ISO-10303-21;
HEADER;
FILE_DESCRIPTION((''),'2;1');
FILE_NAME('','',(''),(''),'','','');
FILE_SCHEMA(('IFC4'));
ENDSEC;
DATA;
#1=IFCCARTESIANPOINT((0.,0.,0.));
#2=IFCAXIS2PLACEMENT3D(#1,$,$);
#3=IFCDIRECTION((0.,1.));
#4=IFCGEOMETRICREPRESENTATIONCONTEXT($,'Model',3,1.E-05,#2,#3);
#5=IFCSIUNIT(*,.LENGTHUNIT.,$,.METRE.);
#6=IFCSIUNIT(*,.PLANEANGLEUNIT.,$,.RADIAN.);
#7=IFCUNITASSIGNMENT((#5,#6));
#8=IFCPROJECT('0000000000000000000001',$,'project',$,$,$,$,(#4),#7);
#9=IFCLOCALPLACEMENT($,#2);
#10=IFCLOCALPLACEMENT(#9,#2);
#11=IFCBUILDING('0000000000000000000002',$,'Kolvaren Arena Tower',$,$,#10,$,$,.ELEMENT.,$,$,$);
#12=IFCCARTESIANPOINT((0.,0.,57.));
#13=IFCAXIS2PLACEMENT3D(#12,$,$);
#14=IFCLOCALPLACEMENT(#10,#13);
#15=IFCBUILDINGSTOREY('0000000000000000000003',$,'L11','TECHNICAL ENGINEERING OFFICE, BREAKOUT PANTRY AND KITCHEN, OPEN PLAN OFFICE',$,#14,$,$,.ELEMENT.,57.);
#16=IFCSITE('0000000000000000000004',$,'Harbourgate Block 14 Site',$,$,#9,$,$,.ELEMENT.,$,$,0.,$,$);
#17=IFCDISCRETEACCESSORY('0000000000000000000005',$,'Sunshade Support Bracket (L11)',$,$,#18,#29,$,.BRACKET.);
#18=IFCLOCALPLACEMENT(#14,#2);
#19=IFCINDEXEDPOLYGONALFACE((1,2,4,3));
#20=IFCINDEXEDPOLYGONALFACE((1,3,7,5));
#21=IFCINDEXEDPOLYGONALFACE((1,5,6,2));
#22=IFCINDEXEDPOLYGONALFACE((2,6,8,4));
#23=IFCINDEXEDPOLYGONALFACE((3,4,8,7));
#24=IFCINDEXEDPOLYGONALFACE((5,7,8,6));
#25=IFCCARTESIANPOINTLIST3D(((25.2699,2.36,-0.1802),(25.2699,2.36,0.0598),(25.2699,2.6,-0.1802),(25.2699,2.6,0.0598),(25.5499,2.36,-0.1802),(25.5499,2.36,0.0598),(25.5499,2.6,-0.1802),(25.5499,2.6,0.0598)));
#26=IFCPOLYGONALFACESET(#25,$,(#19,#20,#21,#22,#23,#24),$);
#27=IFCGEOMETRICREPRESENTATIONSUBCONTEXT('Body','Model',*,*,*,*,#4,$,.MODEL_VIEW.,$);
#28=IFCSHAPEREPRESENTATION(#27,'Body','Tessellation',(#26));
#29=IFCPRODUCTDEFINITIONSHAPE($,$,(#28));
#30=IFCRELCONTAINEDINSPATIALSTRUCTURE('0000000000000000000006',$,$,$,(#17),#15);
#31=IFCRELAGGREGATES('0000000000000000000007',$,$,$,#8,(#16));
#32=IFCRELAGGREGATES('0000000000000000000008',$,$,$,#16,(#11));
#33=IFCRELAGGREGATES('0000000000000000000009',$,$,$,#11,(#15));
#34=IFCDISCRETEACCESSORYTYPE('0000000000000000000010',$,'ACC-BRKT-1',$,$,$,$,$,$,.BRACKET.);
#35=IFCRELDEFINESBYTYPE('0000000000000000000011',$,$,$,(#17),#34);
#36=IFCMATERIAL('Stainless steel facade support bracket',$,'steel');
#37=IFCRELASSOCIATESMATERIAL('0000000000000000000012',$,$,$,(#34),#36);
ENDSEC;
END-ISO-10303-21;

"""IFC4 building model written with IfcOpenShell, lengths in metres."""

from ifc_helpers import new_model, si_unit, direction, frame, origin, origin_2d, place, context, subcontext, project, spatial, rectangle, extrude, material, type_object, element, save


model = new_model("IFC4")

# Units and contexts
model_context = context("Model", 3, precision=1e-05, world=origin(), true_north=direction((0.0, 1.0)))
body_context = subcontext(model_context, "Body", "Model", "MODEL_VIEW")
ifc_project = project(units=[si_unit("LENGTHUNIT", "METRE"), si_unit("PLANEANGLEUNIT", "RADIAN")], contexts=[model_context])

# Site, building, storey
site_placement = place(None, origin())
site = spatial("IfcSite", under=ifc_project, at=site_placement, Name="Harbourgate Block 14 Site", CompositionType="ELEMENT", RefElevation=0.0)
building_placement = place(site_placement, origin())
building = spatial("IfcBuilding", under=site, at=building_placement, Name="Kolvaren Arena Tower", CompositionType="ELEMENT")
storey_placement = place(building_placement, frame((0.0, 0.0, 57.0)))
storey = spatial("IfcBuildingStorey", under=building, at=storey_placement, Name="L11", Description="TECHNICAL ENGINEERING OFFICE, BREAKOUT PANTRY AND KITCHEN, OPEN PLAN OFFICE", CompositionType="ELEMENT", Elevation=57.0)

# Discrete accessory
ifc_material_1 = material(Name="Stainless steel facade support bracket", Category="steel")
discrete_accessory_type = type_object("IfcDiscreteAccessoryType", Name="ACC-BRKT-1", PredefinedType="BRACKET", material=ifc_material_1)
discrete_accessory_placement = place(storey_placement, frame((25.4099, 2.48, -0.1802), z_axis=(0.0, 0.0, 1.0), x_axis=(-1.0, 0.0, 0.0)))
element("IfcDiscreteAccessory", 1, at=discrete_accessory_placement, inside=storey, type_object=discrete_accessory_type, Name="Sunshade Support Bracket (L11)", PredefinedType="BRACKET", context=body_context, shape_type="SweptSolid", body=[
    extrude(rectangle(XDim=0.28, YDim=0.24, at=origin_2d()), origin(), (0.0, 0.0, 1.0), 0.24),
])

save(model, "model.ifc")
